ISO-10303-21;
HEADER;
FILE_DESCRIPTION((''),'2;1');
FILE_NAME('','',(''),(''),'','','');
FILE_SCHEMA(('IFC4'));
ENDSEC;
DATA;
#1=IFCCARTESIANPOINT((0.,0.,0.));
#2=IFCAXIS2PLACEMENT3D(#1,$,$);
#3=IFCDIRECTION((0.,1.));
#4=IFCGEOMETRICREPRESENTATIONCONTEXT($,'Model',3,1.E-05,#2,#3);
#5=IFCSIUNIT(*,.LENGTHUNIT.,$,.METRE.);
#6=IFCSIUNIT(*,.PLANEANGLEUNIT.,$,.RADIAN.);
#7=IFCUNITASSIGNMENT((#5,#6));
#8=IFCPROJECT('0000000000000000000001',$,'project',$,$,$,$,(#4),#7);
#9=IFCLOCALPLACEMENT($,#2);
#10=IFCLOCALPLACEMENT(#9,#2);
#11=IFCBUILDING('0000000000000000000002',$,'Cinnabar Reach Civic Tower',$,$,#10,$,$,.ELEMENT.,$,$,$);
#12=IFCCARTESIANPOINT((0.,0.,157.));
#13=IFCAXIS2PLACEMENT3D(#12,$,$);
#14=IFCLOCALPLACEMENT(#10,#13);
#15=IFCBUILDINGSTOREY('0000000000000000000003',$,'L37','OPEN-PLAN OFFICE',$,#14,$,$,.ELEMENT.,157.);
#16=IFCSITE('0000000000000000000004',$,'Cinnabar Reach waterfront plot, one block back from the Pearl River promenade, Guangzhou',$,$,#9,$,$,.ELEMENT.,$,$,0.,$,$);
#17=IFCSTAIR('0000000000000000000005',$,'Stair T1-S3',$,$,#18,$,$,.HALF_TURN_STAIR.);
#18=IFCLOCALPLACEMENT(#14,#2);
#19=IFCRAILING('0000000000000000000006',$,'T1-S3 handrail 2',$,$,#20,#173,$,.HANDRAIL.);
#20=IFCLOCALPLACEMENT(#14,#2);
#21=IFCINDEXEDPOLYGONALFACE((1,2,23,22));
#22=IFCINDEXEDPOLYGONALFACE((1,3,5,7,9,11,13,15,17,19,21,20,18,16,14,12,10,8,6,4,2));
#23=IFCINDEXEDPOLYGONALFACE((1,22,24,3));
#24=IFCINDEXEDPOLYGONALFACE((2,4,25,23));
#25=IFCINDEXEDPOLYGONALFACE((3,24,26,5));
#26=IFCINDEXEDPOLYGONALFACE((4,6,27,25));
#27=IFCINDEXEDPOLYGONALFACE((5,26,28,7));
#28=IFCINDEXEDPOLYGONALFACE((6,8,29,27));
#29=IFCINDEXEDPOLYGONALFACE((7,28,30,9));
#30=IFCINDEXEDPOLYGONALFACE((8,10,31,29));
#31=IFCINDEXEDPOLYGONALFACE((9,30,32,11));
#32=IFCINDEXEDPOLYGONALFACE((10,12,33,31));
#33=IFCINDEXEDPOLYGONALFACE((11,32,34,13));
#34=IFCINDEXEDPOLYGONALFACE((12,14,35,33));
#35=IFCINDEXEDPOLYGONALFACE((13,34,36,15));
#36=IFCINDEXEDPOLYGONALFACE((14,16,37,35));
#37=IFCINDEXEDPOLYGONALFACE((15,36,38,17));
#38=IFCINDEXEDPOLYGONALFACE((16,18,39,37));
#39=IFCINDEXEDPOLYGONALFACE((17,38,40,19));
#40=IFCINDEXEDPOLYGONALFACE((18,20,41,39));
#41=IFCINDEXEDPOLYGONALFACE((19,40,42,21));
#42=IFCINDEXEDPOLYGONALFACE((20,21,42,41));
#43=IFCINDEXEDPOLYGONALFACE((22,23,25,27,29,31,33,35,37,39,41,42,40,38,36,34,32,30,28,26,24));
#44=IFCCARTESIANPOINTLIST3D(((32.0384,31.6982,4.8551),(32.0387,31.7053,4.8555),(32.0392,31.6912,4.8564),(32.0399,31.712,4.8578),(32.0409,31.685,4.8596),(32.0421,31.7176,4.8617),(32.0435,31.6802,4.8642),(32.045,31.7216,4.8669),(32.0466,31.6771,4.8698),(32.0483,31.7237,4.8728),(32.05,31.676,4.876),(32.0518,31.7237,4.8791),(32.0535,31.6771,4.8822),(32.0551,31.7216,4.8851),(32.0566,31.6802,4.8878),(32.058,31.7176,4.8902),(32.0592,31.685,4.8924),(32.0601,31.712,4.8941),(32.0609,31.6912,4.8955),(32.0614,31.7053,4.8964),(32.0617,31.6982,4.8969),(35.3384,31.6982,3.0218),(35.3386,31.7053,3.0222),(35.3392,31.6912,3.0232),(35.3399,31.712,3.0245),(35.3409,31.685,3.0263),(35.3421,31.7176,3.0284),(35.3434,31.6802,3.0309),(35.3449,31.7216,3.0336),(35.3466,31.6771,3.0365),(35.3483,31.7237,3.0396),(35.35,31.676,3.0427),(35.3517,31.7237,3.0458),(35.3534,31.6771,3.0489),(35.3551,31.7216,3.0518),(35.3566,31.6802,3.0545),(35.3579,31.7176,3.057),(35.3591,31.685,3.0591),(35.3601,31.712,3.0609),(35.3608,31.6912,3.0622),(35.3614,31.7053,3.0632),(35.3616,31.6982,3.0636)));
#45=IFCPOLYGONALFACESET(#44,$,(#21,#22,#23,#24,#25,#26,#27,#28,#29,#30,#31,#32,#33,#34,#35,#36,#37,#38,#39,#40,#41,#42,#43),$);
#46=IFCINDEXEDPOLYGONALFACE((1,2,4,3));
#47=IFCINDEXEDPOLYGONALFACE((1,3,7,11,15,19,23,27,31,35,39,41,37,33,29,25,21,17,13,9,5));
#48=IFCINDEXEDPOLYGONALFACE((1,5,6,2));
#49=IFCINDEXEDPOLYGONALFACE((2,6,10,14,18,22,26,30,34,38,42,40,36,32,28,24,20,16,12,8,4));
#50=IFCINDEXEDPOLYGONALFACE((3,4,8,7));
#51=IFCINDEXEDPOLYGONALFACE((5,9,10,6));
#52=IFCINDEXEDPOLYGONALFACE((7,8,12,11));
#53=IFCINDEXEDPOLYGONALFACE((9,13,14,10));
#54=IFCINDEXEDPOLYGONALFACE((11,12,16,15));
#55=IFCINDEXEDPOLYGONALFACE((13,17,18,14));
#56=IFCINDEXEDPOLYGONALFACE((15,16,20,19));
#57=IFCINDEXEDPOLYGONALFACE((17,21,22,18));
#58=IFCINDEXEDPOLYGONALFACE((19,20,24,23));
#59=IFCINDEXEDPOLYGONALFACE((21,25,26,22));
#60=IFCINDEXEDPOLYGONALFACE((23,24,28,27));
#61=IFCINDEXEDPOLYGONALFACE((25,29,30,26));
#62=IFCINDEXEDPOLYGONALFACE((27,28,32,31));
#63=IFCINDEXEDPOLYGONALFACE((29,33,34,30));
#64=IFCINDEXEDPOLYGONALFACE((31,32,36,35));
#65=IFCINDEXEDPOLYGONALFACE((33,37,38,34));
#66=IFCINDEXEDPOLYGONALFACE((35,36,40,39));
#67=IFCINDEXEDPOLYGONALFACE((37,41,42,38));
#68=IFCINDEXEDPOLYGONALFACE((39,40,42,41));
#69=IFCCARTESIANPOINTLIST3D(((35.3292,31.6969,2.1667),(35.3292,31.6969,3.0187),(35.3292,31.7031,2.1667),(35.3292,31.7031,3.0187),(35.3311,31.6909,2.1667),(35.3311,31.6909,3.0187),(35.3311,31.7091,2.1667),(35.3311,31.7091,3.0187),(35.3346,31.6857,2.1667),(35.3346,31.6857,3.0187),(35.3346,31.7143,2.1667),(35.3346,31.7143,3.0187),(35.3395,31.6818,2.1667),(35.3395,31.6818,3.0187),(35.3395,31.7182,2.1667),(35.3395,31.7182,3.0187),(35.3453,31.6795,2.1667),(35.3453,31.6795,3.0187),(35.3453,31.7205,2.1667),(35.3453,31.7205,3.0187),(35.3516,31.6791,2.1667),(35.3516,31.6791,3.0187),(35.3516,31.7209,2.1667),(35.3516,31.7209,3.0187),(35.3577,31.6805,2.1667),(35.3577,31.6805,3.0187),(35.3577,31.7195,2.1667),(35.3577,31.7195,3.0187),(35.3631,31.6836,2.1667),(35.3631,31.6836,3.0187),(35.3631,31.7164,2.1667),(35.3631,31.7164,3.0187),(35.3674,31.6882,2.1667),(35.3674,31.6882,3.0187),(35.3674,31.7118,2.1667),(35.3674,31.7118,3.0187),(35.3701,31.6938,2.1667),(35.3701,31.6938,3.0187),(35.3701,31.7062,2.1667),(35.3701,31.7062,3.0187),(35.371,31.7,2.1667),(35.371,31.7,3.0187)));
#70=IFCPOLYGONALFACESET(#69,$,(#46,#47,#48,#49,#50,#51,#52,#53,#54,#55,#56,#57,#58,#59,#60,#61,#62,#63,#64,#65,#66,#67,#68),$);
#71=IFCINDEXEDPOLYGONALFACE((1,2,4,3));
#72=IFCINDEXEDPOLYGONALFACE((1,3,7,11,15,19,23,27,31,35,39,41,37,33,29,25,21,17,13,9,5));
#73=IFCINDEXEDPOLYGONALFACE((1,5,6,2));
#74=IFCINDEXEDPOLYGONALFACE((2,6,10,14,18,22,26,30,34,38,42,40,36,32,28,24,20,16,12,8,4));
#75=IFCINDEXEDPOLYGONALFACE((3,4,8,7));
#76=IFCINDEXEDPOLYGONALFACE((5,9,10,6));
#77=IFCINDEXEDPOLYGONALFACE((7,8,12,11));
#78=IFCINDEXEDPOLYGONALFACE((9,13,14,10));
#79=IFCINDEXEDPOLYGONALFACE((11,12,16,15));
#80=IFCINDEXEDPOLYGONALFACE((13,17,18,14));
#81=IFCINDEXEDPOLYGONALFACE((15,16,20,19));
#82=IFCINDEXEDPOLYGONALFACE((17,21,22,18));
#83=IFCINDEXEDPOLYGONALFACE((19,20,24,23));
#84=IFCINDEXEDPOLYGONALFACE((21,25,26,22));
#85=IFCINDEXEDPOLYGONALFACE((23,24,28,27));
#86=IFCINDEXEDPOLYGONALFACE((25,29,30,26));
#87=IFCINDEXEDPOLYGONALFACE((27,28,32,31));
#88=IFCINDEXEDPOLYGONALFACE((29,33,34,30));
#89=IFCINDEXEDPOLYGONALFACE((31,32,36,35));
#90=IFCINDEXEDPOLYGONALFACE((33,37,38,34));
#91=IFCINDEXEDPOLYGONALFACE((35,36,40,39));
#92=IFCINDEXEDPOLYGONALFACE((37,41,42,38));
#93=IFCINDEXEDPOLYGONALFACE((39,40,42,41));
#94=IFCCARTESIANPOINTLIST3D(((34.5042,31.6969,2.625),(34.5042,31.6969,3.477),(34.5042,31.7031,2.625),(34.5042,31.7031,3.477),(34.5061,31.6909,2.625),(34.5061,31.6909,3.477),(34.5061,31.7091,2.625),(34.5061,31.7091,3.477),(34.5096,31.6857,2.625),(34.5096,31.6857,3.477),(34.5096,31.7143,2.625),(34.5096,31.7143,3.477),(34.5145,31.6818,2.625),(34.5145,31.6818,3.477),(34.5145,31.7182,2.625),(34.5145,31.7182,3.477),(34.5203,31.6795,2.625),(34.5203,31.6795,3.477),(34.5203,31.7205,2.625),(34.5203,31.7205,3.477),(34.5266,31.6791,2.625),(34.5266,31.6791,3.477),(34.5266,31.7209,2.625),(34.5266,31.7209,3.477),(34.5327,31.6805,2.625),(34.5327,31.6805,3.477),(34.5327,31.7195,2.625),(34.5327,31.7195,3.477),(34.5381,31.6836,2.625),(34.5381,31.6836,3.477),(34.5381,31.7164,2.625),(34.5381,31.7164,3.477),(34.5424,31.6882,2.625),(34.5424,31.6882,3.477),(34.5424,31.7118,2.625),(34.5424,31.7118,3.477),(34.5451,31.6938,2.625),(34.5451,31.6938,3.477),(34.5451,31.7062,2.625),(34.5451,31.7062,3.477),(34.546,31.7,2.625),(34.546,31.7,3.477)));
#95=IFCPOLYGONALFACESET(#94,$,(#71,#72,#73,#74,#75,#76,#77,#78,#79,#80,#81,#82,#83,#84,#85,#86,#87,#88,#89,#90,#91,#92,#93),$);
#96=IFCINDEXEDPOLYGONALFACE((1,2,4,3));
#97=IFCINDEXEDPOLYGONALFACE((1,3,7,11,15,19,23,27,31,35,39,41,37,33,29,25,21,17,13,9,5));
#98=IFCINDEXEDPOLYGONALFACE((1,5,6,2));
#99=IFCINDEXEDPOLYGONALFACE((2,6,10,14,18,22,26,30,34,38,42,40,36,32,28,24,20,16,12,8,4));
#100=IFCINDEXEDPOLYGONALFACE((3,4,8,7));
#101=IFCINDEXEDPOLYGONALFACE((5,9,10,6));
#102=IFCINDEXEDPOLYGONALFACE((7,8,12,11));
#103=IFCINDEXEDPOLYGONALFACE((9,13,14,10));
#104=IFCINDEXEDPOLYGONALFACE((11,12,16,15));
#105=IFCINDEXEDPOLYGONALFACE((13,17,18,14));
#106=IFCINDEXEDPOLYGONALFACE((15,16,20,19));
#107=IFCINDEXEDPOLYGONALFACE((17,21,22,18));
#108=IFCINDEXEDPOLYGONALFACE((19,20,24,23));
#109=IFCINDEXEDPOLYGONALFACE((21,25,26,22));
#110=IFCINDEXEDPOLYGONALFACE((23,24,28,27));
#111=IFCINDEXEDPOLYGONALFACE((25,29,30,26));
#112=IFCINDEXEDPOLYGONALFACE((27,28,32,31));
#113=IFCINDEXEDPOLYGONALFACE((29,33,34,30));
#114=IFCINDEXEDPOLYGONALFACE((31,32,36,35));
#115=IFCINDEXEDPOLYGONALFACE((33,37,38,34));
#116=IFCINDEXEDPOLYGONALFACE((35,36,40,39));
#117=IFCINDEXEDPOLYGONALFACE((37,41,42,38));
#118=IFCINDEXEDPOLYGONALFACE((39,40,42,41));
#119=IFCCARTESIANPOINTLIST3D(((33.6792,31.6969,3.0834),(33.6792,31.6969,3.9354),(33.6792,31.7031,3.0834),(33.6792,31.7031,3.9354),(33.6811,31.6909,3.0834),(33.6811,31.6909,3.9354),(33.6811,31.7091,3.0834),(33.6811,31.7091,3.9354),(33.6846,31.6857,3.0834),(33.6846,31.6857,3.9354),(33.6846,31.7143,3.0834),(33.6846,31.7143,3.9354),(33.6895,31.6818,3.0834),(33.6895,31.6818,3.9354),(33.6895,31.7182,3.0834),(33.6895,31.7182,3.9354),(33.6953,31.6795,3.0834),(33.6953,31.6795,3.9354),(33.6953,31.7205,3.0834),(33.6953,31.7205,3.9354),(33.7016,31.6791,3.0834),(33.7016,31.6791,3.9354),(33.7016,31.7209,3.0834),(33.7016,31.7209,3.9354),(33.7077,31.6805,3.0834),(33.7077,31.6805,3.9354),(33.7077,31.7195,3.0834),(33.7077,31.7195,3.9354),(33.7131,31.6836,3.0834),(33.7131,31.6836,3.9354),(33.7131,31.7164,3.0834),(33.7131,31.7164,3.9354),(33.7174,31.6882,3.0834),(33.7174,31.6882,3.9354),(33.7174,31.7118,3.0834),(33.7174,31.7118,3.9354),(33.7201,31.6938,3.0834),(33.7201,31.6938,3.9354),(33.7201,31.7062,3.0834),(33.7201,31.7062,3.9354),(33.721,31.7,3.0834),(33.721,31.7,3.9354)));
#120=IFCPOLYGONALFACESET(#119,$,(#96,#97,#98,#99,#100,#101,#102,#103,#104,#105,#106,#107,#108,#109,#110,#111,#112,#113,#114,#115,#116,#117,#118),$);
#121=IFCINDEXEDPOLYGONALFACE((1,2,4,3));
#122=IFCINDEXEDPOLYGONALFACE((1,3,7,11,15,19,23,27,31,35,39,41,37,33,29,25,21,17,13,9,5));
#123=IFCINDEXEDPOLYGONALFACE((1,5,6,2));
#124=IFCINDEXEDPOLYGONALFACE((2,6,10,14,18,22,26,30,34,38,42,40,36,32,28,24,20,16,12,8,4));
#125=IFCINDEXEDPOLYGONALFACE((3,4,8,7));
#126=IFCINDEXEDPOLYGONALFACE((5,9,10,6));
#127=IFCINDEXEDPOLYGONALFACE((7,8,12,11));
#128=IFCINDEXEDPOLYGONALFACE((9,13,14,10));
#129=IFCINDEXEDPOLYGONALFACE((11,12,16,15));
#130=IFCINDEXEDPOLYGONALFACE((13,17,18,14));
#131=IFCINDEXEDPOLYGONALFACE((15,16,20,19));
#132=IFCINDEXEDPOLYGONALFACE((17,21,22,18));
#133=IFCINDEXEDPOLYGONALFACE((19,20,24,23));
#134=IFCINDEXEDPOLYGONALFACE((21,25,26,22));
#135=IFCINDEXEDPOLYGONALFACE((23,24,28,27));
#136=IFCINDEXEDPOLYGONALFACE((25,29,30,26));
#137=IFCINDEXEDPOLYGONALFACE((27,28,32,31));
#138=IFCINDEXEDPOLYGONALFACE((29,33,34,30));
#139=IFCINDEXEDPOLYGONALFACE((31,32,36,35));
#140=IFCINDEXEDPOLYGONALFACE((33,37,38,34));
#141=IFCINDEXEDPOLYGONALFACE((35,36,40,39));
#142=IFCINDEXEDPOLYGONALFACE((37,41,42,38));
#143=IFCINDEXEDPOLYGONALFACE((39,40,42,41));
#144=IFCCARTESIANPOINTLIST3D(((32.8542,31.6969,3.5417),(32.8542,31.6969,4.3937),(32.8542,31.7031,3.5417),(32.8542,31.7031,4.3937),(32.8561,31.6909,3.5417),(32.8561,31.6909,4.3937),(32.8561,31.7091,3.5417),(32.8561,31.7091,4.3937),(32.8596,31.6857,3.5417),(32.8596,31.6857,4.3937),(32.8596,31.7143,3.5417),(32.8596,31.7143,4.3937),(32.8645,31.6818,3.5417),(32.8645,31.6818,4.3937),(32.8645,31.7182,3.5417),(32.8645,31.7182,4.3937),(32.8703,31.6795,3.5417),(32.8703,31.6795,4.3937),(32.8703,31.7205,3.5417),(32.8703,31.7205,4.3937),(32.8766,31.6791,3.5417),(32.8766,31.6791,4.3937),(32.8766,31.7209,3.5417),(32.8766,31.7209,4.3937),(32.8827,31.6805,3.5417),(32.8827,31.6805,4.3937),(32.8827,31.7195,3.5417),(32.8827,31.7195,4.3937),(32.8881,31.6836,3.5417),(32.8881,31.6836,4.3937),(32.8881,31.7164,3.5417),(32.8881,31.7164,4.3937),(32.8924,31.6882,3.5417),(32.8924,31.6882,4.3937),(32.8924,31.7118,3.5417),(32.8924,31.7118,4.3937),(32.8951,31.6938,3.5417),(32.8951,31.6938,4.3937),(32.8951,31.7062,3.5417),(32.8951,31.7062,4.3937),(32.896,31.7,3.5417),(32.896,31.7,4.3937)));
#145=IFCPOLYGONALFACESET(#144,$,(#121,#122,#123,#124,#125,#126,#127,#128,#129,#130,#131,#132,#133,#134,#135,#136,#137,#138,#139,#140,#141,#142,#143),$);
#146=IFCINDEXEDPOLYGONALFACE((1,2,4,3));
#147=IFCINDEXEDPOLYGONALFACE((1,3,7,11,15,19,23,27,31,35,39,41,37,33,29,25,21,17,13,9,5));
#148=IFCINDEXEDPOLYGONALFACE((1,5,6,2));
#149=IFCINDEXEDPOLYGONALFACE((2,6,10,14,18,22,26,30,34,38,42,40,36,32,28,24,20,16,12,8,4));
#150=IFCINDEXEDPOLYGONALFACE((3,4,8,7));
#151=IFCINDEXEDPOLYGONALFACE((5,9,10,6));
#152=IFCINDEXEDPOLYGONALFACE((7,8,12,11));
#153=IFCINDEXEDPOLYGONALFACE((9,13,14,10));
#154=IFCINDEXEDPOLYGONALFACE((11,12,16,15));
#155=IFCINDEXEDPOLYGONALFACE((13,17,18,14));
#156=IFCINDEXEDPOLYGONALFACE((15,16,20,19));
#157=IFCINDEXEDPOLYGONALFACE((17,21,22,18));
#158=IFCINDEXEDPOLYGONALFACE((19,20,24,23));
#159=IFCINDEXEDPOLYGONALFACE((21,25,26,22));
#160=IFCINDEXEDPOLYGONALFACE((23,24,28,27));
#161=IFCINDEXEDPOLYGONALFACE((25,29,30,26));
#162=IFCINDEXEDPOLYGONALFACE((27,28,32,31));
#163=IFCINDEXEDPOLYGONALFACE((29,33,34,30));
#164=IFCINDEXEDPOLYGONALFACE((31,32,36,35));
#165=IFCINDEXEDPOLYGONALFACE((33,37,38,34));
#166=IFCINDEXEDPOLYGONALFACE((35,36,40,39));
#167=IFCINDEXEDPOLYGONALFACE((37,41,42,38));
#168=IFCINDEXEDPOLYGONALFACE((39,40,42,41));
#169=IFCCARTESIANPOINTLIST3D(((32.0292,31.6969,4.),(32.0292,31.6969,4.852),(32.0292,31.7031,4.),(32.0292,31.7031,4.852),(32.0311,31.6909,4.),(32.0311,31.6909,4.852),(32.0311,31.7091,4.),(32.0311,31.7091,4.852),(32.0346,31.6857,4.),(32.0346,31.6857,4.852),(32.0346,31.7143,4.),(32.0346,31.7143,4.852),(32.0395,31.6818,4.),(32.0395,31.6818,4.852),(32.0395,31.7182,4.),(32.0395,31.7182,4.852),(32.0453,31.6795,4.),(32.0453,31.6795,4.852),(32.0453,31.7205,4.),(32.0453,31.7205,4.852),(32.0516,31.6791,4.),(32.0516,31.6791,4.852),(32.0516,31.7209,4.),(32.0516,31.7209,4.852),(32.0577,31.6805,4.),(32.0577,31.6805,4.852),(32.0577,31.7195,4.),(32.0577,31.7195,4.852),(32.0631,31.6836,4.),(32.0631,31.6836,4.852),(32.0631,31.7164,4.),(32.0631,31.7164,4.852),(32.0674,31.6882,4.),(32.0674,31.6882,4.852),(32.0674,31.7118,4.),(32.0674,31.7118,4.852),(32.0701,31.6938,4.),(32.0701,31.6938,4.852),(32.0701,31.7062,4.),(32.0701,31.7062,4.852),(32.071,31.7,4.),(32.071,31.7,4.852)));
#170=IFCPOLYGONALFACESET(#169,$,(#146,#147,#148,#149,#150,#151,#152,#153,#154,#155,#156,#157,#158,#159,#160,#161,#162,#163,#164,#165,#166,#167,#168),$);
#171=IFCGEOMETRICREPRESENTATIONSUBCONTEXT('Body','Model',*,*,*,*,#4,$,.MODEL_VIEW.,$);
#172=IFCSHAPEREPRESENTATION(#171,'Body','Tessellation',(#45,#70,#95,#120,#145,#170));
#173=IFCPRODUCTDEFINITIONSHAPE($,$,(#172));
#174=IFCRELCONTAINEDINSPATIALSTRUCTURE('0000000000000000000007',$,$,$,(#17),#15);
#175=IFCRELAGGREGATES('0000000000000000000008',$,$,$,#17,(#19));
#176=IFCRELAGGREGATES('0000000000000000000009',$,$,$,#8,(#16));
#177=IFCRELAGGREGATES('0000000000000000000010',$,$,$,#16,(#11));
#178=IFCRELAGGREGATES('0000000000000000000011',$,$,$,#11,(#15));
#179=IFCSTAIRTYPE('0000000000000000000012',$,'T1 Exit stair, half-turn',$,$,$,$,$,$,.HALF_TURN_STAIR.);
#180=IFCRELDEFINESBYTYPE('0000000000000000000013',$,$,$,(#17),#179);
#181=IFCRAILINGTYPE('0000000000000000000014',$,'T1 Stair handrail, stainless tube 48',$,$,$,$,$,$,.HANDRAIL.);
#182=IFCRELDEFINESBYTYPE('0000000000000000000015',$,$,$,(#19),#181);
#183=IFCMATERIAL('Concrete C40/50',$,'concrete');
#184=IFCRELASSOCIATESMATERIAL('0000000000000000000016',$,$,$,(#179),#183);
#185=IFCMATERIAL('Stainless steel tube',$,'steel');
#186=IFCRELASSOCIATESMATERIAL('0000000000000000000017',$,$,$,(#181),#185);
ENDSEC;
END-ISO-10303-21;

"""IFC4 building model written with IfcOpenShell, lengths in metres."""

from ifc_helpers import new_model, si_unit, direction, frame, origin, origin_2d, place, context, subcontext, project, spatial, circle, extrude, material, type_object, element, aggregate, save


model = new_model("IFC4")

# Units and contexts
model_context = context("Model", 3, precision=1e-05, world=origin(), true_north=direction((0.0, 1.0)))
body_context = subcontext(model_context, "Body", "Model", "MODEL_VIEW")
ifc_project = project(units=[si_unit("LENGTHUNIT", "METRE"), si_unit("PLANEANGLEUNIT", "RADIAN")], contexts=[model_context])

# Site, building, storey
site_placement = place(None, origin())
site = spatial("IfcSite", under=ifc_project, at=site_placement, Name="Cinnabar Reach waterfront plot, one block back from the Pearl River promenade, Guangzhou", CompositionType="ELEMENT", RefElevation=0.0)
building_placement = place(site_placement, origin())
building = spatial("IfcBuilding", under=site, at=building_placement, Name="Cinnabar Reach Civic Tower", CompositionType="ELEMENT")
storey_placement = place(building_placement, frame((0.0, 0.0, 157.0)))
storey = spatial("IfcBuildingStorey", under=building, at=storey_placement, Name="L37", Description="OPEN-PLAN OFFICE", CompositionType="ELEMENT", Elevation=157.0)

# Stair, railing
ifc_material_1 = material(Name="Concrete C40/50", Category="concrete")
stair_type = type_object("IfcStairType", Name="T1 Exit stair, half-turn", PredefinedType="HALF_TURN_STAIR", material=ifc_material_1)
stair_placement = place(storey_placement, origin())
stair = element("IfcStair", 1, at=stair_placement, inside=storey, type_object=stair_type, Name="Stair T1-S3", PredefinedType="HALF_TURN_STAIR")
ifc_material_2 = material(Name="Stainless steel tube", Category="steel")
railing_type = type_object("IfcRailingType", Name="T1 Stair handrail, stainless tube 48", PredefinedType="HANDRAIL", material=ifc_material_2)
railing_placement = place(storey_placement, frame((35.35, 31.7, 2.1667)))
railing = element("IfcRailing", 2, at=railing_placement, type_object=railing_type, Name="T1-S3 handrail 2", PredefinedType="HANDRAIL", context=body_context, shape_type="SweptSolid", body=[
    extrude(circle(Radius=0.024, at=origin_2d()), frame((0.0, 0.0, 0.876), z_axis=(-0.874161, 0.0, 0.485636), x_axis=(0.0, -1.0, 0.0)), (0.0, 0.0, 1.0), 3.775),
    extrude(circle(Radius=0.021, at=origin_2d()), origin(), (0.0, 0.0, 1.0), 0.852),
    extrude(circle(Radius=0.021, at=origin_2d()), frame((-0.825, 0.0, 0.4583)), (0.0, 0.0, 1.0), 0.852),
    extrude(circle(Radius=0.021, at=origin_2d()), frame((-1.65, 0.0, 0.9167)), (0.0, 0.0, 1.0), 0.852),
    extrude(circle(Radius=0.021, at=origin_2d()), frame((-2.475, 0.0, 1.375)), (0.0, 0.0, 1.0), 0.852),
    extrude(circle(Radius=0.021, at=origin_2d()), frame((-3.3, 0.0, 1.8333)), (0.0, 0.0, 1.0), 0.852),
])
aggregate(stair, [railing])

save(model, "model.ifc")
